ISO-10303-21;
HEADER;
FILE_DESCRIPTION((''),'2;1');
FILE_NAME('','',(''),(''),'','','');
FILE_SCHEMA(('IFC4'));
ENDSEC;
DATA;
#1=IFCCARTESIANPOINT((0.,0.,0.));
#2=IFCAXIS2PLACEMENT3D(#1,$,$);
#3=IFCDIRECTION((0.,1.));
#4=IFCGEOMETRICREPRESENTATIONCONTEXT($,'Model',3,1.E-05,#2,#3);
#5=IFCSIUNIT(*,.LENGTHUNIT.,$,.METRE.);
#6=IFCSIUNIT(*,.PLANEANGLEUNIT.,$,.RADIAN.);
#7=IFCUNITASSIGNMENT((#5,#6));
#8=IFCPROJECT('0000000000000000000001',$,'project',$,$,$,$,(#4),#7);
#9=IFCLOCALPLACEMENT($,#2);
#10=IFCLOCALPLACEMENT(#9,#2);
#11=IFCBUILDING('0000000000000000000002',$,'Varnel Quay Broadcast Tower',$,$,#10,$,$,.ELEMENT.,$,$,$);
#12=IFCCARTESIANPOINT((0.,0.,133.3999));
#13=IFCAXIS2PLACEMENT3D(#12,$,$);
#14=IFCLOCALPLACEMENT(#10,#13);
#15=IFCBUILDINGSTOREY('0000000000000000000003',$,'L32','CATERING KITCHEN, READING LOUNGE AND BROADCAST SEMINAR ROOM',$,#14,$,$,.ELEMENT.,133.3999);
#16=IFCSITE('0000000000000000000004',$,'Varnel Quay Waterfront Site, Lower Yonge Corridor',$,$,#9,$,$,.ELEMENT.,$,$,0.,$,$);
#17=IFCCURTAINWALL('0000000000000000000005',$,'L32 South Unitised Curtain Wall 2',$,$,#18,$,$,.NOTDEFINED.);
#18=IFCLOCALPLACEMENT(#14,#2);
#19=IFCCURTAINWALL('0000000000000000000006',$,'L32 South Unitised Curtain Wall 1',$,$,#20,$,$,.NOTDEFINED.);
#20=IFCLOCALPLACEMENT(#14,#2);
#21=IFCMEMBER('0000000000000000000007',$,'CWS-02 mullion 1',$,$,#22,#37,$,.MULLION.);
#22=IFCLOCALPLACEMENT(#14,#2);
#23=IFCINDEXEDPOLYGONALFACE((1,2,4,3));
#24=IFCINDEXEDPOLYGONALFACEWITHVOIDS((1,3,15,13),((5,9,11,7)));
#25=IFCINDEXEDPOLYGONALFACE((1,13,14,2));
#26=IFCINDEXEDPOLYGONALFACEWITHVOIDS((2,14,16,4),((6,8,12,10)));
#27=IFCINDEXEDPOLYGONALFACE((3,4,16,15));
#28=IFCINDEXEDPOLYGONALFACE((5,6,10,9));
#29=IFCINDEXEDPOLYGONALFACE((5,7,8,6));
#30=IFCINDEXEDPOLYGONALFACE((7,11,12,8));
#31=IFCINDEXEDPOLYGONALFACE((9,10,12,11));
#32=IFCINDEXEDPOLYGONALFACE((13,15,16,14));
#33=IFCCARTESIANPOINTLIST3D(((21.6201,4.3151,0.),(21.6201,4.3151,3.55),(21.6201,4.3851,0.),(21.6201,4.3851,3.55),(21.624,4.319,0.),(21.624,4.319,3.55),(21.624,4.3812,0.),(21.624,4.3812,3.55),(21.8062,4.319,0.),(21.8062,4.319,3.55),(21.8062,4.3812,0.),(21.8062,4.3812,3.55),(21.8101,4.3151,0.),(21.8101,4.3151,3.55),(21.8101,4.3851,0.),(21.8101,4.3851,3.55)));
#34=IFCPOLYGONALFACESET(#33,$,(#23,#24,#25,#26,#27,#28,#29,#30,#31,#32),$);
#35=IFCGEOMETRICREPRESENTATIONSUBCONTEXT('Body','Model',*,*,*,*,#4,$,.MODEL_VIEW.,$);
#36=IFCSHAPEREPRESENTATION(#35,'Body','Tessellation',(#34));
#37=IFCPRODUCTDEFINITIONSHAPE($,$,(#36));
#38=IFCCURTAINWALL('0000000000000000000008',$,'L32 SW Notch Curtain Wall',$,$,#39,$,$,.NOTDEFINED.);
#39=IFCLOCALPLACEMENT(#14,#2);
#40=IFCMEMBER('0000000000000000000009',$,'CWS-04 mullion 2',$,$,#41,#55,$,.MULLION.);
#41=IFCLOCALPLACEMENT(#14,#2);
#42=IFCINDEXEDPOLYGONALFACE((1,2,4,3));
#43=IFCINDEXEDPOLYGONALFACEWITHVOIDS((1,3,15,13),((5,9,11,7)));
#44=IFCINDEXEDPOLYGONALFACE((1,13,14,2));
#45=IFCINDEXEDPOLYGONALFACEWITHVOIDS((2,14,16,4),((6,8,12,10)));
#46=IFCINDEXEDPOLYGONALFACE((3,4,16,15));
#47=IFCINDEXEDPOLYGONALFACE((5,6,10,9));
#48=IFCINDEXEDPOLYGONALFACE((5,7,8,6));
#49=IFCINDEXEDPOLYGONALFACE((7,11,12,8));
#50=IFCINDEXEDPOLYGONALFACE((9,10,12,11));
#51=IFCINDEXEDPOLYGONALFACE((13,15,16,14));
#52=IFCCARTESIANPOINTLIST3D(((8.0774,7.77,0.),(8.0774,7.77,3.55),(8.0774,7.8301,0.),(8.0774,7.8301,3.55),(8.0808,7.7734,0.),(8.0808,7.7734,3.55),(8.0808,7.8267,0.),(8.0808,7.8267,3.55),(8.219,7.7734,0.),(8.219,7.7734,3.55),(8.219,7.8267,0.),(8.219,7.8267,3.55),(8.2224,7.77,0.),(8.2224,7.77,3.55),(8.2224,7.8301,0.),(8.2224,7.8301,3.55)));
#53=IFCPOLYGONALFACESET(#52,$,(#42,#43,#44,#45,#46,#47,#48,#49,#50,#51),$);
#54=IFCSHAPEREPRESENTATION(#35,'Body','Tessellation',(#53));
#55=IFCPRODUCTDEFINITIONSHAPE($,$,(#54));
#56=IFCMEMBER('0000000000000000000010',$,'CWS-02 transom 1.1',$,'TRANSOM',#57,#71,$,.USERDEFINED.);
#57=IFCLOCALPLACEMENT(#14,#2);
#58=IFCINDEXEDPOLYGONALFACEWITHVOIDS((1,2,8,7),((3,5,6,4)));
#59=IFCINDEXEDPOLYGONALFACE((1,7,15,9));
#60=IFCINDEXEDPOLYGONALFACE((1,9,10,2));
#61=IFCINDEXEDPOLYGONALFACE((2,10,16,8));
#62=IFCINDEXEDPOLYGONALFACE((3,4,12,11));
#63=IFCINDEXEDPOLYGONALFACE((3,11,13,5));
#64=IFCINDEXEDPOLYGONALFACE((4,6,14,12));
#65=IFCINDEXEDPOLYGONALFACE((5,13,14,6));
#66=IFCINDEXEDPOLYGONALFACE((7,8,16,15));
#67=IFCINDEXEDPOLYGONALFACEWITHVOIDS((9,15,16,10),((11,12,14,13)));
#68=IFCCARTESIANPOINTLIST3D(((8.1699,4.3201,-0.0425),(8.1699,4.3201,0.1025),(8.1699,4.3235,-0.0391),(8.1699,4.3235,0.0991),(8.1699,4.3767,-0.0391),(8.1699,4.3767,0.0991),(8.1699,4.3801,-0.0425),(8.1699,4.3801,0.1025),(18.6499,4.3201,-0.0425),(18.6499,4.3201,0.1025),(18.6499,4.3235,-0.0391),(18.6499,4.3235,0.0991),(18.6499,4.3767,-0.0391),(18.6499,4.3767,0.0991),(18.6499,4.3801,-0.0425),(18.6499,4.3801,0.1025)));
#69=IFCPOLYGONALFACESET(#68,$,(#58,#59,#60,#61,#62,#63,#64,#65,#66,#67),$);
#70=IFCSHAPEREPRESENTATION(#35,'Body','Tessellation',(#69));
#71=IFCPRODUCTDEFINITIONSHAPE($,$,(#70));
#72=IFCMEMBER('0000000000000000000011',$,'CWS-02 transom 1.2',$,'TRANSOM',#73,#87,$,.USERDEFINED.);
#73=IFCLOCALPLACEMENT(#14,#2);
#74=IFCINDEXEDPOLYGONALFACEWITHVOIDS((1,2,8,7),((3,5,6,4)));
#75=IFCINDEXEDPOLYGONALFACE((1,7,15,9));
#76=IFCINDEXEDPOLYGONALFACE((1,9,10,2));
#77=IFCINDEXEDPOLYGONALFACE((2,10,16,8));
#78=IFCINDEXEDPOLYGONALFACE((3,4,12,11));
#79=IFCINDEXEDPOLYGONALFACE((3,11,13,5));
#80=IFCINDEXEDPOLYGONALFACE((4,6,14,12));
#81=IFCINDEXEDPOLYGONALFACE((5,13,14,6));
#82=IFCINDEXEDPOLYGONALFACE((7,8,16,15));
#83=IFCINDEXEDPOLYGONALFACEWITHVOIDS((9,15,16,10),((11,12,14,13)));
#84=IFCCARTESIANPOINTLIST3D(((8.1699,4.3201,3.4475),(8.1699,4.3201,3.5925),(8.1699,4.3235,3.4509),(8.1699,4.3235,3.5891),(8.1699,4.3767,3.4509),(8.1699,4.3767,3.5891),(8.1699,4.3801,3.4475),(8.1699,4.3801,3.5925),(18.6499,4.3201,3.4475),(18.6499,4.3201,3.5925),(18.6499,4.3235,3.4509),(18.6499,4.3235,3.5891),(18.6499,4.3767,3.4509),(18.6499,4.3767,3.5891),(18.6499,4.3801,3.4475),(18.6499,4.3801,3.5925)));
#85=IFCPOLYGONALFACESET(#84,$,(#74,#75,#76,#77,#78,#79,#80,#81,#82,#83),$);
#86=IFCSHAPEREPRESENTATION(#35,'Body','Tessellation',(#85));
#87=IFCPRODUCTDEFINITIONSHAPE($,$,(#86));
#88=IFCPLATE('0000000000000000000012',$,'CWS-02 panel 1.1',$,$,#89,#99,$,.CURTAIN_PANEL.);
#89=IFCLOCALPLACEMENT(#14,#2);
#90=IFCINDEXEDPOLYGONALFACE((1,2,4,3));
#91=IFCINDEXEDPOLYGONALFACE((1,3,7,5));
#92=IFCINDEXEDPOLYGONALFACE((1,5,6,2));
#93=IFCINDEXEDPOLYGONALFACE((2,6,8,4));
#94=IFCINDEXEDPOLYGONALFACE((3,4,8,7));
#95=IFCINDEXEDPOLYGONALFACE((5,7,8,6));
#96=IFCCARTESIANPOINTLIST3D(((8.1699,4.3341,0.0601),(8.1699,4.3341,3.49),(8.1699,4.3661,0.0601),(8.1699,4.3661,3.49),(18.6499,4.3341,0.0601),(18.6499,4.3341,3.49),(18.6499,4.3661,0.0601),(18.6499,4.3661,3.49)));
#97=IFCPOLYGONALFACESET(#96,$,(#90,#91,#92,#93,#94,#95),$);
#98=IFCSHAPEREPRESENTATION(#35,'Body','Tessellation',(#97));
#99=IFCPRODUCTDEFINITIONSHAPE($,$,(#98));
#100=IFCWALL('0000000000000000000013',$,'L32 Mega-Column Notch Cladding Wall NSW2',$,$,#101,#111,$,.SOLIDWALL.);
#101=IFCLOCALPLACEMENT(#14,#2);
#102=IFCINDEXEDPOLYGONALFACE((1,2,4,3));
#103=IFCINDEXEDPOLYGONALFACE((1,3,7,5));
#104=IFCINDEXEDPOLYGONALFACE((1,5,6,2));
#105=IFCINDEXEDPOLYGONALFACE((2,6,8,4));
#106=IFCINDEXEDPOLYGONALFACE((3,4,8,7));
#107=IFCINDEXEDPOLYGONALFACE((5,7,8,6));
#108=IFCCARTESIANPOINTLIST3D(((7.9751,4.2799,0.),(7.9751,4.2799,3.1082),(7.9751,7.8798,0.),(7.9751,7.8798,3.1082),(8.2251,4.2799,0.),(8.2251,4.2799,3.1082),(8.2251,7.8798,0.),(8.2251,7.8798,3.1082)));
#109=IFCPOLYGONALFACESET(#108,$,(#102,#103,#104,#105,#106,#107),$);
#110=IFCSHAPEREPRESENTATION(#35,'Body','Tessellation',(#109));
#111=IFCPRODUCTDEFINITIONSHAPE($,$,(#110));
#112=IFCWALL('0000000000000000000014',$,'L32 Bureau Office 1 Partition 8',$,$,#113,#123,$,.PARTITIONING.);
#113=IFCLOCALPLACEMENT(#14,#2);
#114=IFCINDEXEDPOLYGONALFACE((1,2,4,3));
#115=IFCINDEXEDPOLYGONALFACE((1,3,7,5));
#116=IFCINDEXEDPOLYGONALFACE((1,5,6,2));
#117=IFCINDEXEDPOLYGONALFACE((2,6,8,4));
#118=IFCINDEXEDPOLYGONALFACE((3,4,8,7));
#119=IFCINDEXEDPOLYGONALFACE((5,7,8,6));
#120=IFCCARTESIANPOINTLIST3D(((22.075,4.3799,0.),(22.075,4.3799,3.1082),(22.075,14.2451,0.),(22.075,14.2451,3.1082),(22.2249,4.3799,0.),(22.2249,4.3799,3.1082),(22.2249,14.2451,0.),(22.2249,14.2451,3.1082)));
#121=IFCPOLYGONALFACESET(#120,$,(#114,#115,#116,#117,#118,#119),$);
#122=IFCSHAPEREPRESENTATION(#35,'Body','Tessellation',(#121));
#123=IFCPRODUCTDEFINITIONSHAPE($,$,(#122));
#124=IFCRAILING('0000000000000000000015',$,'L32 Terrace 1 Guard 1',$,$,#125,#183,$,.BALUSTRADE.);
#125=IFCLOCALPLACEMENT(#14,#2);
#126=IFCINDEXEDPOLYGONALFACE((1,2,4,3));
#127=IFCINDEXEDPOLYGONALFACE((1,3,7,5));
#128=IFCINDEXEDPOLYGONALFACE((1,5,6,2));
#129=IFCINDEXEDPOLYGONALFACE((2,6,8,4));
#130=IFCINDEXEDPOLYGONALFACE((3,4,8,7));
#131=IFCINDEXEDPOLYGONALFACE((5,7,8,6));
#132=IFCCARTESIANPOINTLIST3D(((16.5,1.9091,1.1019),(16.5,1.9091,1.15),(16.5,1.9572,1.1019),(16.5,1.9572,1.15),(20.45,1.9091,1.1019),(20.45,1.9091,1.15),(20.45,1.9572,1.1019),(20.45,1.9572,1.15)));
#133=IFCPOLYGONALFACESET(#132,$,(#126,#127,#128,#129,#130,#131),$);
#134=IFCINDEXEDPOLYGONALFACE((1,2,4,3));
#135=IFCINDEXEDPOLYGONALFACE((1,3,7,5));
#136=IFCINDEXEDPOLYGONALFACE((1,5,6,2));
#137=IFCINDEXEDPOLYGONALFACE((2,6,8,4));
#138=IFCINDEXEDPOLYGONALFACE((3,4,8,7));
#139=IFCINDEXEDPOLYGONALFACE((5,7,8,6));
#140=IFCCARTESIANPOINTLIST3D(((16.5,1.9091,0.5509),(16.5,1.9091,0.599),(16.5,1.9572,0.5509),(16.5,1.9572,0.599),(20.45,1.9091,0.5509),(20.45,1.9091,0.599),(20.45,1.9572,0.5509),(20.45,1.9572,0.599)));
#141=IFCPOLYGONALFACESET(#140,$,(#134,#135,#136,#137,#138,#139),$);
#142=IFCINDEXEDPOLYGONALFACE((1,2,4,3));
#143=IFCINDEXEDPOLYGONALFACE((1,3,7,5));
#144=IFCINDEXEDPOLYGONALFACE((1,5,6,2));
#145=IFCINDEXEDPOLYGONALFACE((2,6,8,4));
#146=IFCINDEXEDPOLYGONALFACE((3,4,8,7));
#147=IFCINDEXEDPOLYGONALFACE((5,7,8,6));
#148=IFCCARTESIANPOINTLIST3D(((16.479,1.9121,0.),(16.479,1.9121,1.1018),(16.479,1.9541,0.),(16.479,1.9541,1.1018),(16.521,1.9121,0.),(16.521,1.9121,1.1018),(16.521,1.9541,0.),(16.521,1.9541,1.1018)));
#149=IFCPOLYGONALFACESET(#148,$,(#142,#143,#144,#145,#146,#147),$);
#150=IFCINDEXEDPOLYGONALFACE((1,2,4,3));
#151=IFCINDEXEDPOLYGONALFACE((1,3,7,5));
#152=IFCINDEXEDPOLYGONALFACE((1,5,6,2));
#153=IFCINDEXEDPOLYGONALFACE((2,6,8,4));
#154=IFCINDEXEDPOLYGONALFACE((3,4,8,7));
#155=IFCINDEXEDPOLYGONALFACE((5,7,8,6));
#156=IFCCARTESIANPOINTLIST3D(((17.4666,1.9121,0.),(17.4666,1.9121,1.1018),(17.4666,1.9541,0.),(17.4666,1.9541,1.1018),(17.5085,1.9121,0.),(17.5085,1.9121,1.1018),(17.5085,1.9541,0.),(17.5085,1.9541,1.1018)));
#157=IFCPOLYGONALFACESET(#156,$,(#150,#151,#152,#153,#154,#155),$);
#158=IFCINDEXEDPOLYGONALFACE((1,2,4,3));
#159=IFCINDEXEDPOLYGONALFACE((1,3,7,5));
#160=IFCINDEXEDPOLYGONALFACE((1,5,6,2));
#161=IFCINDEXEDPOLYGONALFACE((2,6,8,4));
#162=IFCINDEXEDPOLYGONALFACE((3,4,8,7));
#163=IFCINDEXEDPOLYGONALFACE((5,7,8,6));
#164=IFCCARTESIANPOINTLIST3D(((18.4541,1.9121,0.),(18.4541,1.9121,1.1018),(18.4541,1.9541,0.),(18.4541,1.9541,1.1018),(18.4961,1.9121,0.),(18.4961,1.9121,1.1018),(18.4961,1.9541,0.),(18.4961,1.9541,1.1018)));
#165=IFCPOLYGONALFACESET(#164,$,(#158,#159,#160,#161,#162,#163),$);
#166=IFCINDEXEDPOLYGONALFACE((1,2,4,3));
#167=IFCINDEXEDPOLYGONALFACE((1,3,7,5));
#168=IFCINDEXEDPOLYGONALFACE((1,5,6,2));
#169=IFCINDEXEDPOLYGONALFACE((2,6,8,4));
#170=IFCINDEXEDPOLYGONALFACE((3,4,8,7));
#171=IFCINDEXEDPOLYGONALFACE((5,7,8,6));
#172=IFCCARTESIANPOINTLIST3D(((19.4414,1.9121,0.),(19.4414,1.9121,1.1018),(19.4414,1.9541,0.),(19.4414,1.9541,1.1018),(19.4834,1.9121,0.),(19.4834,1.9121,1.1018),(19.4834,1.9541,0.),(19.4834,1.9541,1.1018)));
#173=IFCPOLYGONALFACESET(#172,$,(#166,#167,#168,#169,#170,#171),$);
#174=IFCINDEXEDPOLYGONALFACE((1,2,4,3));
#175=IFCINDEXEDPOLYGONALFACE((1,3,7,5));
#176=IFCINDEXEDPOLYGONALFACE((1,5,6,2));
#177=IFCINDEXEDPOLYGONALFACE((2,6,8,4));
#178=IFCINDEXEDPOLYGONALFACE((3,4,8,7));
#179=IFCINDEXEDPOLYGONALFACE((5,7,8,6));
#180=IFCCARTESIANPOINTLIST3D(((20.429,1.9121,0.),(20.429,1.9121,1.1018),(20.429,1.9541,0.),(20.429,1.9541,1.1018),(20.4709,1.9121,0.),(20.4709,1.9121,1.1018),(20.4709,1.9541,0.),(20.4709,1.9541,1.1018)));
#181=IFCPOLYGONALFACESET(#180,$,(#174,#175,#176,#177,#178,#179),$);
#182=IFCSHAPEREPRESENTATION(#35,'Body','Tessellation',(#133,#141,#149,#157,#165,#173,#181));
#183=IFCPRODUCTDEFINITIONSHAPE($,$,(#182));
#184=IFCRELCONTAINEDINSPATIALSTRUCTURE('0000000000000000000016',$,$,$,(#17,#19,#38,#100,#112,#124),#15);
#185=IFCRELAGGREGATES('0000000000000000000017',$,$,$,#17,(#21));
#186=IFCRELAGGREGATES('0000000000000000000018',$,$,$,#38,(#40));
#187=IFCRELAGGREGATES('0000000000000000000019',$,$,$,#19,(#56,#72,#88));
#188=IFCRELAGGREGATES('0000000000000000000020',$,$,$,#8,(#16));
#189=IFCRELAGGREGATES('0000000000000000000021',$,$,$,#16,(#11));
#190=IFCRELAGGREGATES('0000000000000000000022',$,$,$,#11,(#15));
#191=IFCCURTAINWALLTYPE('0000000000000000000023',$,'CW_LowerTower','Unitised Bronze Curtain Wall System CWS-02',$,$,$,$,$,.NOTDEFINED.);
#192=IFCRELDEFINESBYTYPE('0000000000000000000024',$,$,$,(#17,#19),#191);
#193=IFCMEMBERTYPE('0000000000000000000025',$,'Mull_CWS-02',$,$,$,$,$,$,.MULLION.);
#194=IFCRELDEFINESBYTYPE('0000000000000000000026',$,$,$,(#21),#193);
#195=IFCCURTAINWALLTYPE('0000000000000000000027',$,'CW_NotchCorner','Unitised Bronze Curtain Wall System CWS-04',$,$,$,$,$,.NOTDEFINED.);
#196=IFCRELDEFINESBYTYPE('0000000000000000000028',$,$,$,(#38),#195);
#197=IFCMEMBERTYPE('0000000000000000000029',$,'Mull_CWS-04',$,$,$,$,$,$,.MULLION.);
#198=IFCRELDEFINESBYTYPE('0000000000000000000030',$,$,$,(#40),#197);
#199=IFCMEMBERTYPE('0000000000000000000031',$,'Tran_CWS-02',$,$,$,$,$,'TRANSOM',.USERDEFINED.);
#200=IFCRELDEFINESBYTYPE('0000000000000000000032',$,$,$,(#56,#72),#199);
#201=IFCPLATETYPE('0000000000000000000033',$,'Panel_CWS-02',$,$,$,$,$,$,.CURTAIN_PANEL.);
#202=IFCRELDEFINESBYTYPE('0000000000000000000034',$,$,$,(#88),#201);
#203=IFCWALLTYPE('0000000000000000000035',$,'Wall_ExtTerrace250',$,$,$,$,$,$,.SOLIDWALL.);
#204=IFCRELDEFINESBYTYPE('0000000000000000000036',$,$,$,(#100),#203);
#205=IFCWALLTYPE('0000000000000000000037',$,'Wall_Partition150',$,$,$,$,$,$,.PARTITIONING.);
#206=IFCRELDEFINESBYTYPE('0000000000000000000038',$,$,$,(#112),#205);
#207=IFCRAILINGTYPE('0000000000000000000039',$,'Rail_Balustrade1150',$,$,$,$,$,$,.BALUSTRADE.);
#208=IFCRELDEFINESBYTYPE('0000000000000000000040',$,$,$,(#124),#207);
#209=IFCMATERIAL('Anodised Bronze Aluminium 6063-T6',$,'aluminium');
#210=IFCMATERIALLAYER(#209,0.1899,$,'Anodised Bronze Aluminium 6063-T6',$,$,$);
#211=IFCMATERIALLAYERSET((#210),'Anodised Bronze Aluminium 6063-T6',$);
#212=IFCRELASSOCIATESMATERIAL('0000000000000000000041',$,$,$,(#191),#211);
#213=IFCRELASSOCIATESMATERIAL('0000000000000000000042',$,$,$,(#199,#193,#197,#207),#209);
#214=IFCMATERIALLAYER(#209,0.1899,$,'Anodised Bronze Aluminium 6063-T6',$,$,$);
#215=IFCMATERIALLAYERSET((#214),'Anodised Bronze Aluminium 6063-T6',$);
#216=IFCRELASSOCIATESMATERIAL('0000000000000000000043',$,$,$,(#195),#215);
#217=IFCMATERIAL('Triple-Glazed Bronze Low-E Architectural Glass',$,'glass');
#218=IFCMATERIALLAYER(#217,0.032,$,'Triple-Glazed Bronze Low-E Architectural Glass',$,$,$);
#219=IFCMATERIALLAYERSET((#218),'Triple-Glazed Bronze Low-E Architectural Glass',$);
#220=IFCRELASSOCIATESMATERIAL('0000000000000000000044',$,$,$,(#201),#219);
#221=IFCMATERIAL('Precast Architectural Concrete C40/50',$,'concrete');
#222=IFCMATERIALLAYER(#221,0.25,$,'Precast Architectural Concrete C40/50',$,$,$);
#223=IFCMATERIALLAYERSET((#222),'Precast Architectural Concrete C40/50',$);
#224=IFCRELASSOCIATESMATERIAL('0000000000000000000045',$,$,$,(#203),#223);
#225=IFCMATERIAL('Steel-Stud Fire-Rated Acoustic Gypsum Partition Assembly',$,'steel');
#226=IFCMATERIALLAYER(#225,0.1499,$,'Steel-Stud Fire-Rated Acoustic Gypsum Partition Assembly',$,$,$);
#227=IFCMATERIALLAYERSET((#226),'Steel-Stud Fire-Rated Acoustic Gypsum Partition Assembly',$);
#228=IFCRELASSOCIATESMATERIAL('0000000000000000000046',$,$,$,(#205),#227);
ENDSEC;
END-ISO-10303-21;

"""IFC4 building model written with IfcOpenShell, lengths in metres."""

from ifc_helpers import new_model, si_unit, direction, frame, frame_2d, origin, origin_2d, place, context, subcontext, project, spatial, rectangle, hollow_rectangle, extrude, source, transform, mapped, material, layer, layer_set, material_profile, profile_set, type_object, type_shapes, element, aggregate, save


model = new_model("IFC4")

# Units and contexts
model_context = context("Model", 3, precision=1e-05, world=origin(), true_north=direction((0.0, 1.0)))
body_context = subcontext(model_context, "Body", "Model", "MODEL_VIEW")
ifc_project = project(units=[si_unit("LENGTHUNIT", "METRE"), si_unit("PLANEANGLEUNIT", "RADIAN")], contexts=[model_context])

# Site, building, storey
site_placement = place(None, origin())
site = spatial("IfcSite", under=ifc_project, at=site_placement, Name="Varnel Quay Waterfront Site, Lower Yonge Corridor", CompositionType="ELEMENT", RefElevation=0.0)
building_placement = place(site_placement, origin())
building = spatial("IfcBuilding", under=site, at=building_placement, Name="Varnel Quay Broadcast Tower", CompositionType="ELEMENT")
storey_placement = place(building_placement, frame((0.0, 0.0, 133.3999)))
storey = spatial("IfcBuildingStorey", under=building, at=storey_placement, Name="L32", Description="CATERING KITCHEN, READING LOUNGE AND BROADCAST SEMINAR ROOM", CompositionType="ELEMENT", Elevation=133.3999)

# Curtain walls
ifc_material_1 = material(Name="Anodised Bronze Aluminium 6063-T6", Category="aluminium")
ifc_layer_1 = layer(ifc_material_1, 0.1899, Name="Anodised Bronze Aluminium 6063-T6")
ifc_layer_set_1 = layer_set([ifc_layer_1], Name="Anodised Bronze Aluminium 6063-T6")
curtain_wall_type_1 = type_object("IfcCurtainWallType", Name="CW_LowerTower", Description="Unitised Bronze Curtain Wall System CWS-02", PredefinedType="NOTDEFINED", material=ifc_layer_set_1)
curtain_wall_1_placement = place(storey_placement, origin())
curtain_wall_1 = element("IfcCurtainWall", 1, at=curtain_wall_1_placement, inside=storey, type_object=curtain_wall_type_1, Name="L32 South Unitised Curtain Wall 2", PredefinedType="NOTDEFINED")
ifc_material_profile_1 = material_profile(ifc_material_1, hollow_rectangle(XDim=0.0601, YDim=0.145, WallThickness=0.0034, at=origin_2d()), Name="ALU60X145X3.5")
ifc_profile_set_1 = profile_set([ifc_material_profile_1], Name="Anodised Bronze Aluminium 6063-T6")
member_type_1 = type_object("IfcMemberType", Name="Tran_CWS-02", ElementType="TRANSOM", PredefinedType="USERDEFINED", material=ifc_profile_set_1)
curtain_wall_2_placement = place(storey_placement, origin())
curtain_wall_2 = element("IfcCurtainWall", 2, at=curtain_wall_2_placement, inside=storey, type_object=curtain_wall_type_1, Name="L32 South Unitised Curtain Wall 1", PredefinedType="NOTDEFINED")
ifc_material_profile_2 = material_profile(ifc_material_1, hollow_rectangle(XDim=0.0701, YDim=0.1899, WallThickness=0.0039, at=origin_2d()), Name="ALU70X190X4")
ifc_profile_set_2 = profile_set([ifc_material_profile_2], Name="Anodised Bronze Aluminium 6063-T6")
member_type_2 = type_object("IfcMemberType", Name="Mull_CWS-02", PredefinedType="MULLION", material=ifc_profile_set_2)
shared_shape_1 = source(origin(), body_context, "Body", "SweptSolid", [
    extrude(hollow_rectangle(XDim=0.0701, YDim=0.1899, WallThickness=0.0039, at=origin_2d()), origin(), (0.0, 0.0, 1.0), 3.55),
])
type_shapes(member_type_2, [shared_shape_1])

# Member
member_1_placement = place(storey_placement, frame((21.7151, 4.3501, 0.0), z_axis=(0.0, 0.0, 1.0), x_axis=(0.0, 1.0, 0.0)))
member_1 = element("IfcMember", 3, at=member_1_placement, type_object=member_type_2, Name="CWS-02 mullion 1", PredefinedType="MULLION", context=body_context, shape_type="MappedRepresentation", body=[
    mapped(shared_shape_1, transform((0.0, 0.0, 0.0), x_axis=(1.0, 0.0, 0.0), y_axis=(0.0, 1.0, 0.0), z_axis=(0.0, 0.0, 1.0), scale=1.0)),
])
aggregate(curtain_wall_1, [member_1])

# Curtain wall, member
ifc_layer_2 = layer(ifc_material_1, 0.1899, Name="Anodised Bronze Aluminium 6063-T6")
ifc_layer_set_2 = layer_set([ifc_layer_2], Name="Anodised Bronze Aluminium 6063-T6")
curtain_wall_type_2 = type_object("IfcCurtainWallType", Name="CW_NotchCorner", Description="Unitised Bronze Curtain Wall System CWS-04", PredefinedType="NOTDEFINED", material=ifc_layer_set_2)
curtain_wall_3_placement = place(storey_placement, origin())
curtain_wall_3 = element("IfcCurtainWall", 4, at=curtain_wall_3_placement, inside=storey, type_object=curtain_wall_type_2, Name="L32 SW Notch Curtain Wall", PredefinedType="NOTDEFINED")
ifc_material_profile_3 = material_profile(ifc_material_1, hollow_rectangle(XDim=0.0601, YDim=0.145, WallThickness=0.0034, at=origin_2d()), Name="ALU60X145X3.5")
ifc_profile_set_3 = profile_set([ifc_material_profile_3], Name="Anodised Bronze Aluminium 6063-T6")
member_type_3 = type_object("IfcMemberType", Name="Mull_CWS-04", PredefinedType="MULLION", material=ifc_profile_set_3)
shared_shape_2 = source(origin(), body_context, "Body", "SweptSolid", [
    extrude(hollow_rectangle(XDim=0.0601, YDim=0.145, WallThickness=0.0034, at=origin_2d()), origin(), (0.0, 0.0, 1.0), 3.55),
])
type_shapes(member_type_3, [shared_shape_2])
member_2_placement = place(storey_placement, frame((8.1499, 7.8, 0.0), z_axis=(0.0, 0.0, 1.0), x_axis=(0.0, 1.0, 0.0)))
member_2 = element("IfcMember", 5, at=member_2_placement, type_object=member_type_3, Name="CWS-04 mullion 2", PredefinedType="MULLION", context=body_context, shape_type="MappedRepresentation", body=[
    mapped(shared_shape_2, transform((0.0, 0.0, 0.0), x_axis=(1.0, 0.0, 0.0), y_axis=(0.0, 1.0, 0.0), z_axis=(0.0, 0.0, 1.0), scale=1.0)),
])
aggregate(curtain_wall_3, [member_2])

# Members
shared_shape_3 = source(origin(), body_context, "Body", "SweptSolid", [
    extrude(hollow_rectangle(XDim=0.0601, YDim=0.145, WallThickness=0.0034, at=origin_2d()), origin(), (0.0, 0.0, 1.0), 10.48),
])
member_3_placement = place(storey_placement, frame((8.1699, 4.3501, 0.03), z_axis=(1.0, 0.0, 0.0), x_axis=(0.0, 1.0, 0.0)))
member_3 = element("IfcMember", 6, at=member_3_placement, type_object=member_type_1, Name="CWS-02 transom 1.1", ObjectType="TRANSOM", PredefinedType="USERDEFINED", context=body_context, shape_type="MappedRepresentation", body=[
    mapped(shared_shape_3, transform((0.0, 0.0, 0.0), x_axis=(1.0, 0.0, 0.0), y_axis=(0.0, 1.0, 0.0), z_axis=(0.0, 0.0, 1.0), scale=1.0)),
])
member_4_placement = place(storey_placement, frame((8.1699, 4.3501, 3.52), z_axis=(1.0, 0.0, 0.0), x_axis=(0.0, 1.0, 0.0)))
member_4 = element("IfcMember", 7, at=member_4_placement, type_object=member_type_1, Name="CWS-02 transom 1.2", ObjectType="TRANSOM", PredefinedType="USERDEFINED", context=body_context, shape_type="MappedRepresentation", body=[
    mapped(shared_shape_3, transform((0.0, 0.0, 0.0), x_axis=(1.0, 0.0, 0.0), y_axis=(0.0, 1.0, 0.0), z_axis=(0.0, 0.0, 1.0), scale=1.0)),
])

# Plate
ifc_material_2 = material(Name="Triple-Glazed Bronze Low-E Architectural Glass", Category="glass")
ifc_layer_3 = layer(ifc_material_2, 0.032, Name="Triple-Glazed Bronze Low-E Architectural Glass")
ifc_layer_set_3 = layer_set([ifc_layer_3], Name="Triple-Glazed Bronze Low-E Architectural Glass")
plate_type = type_object("IfcPlateType", Name="Panel_CWS-02", PredefinedType="CURTAIN_PANEL", material=ifc_layer_set_3)
shared_shape_4 = source(origin(), body_context, "Body", "SweptSolid", [
    extrude(rectangle(XDim=10.48, YDim=0.032, at=origin_2d()), origin(), (0.0, 0.0, 1.0), 3.4299),
])
type_shapes(plate_type, [shared_shape_4])
plate_placement = place(storey_placement, frame((13.4099, 4.3501, 0.0601), z_axis=(0.0, 0.0, 1.0), x_axis=(1.0, 0.0, 0.0)))
plate = element("IfcPlate", 8, at=plate_placement, type_object=plate_type, Name="CWS-02 panel 1.1", PredefinedType="CURTAIN_PANEL", context=body_context, shape_type="MappedRepresentation", body=[
    mapped(shared_shape_4, transform((0.0, 0.0, 0.0), x_axis=(1.0, 0.0, 0.0), y_axis=(0.0, 1.0, 0.0), z_axis=(0.0, 0.0, 1.0), scale=1.0)),
])
aggregate(curtain_wall_2, [member_3, member_4, plate])

# Shared definitions
ifc_material_3 = material(Name="Precast Architectural Concrete C40/50", Category="concrete")
ifc_layer_4 = layer(ifc_material_3, 0.25, Name="Precast Architectural Concrete C40/50")
ifc_layer_set_4 = layer_set([ifc_layer_4], Name="Precast Architectural Concrete C40/50")
wall_type_1 = type_object("IfcWallType", Name="Wall_ExtTerrace250", PredefinedType="SOLIDWALL", material=ifc_layer_set_4)

# Walls
wall_1_placement = place(storey_placement, frame((8.1001, 4.28, 0.0), z_axis=(0.0, 0.0, 1.0), x_axis=(0.0, 1.0, 0.0)))
element("IfcWall", 9, at=wall_1_placement, inside=storey, type_object=wall_type_1, Name="L32 Mega-Column Notch Cladding Wall NSW2", PredefinedType="SOLIDWALL", context=body_context, shape_type="SweptSolid", body=[
    extrude(rectangle(XDim=3.5999, YDim=0.25, at=frame_2d((1.7998, 0.0))), origin(), (0.0, 0.0, 1.0), 3.1082),
])
ifc_material_4 = material(Name="Steel-Stud Fire-Rated Acoustic Gypsum Partition Assembly", Category="steel")
ifc_layer_5 = layer(ifc_material_4, 0.1499, Name="Steel-Stud Fire-Rated Acoustic Gypsum Partition Assembly")
ifc_layer_set_5 = layer_set([ifc_layer_5], Name="Steel-Stud Fire-Rated Acoustic Gypsum Partition Assembly")
wall_type_2 = type_object("IfcWallType", Name="Wall_Partition150", PredefinedType="PARTITIONING", material=ifc_layer_set_5)
wall_2_placement = place(storey_placement, frame((22.1499, 4.3799, 0.0), z_axis=(0.0, 0.0, 1.0), x_axis=(0.0, 1.0, 0.0)))
element("IfcWall", 10, at=wall_2_placement, inside=storey, type_object=wall_type_2, Name="L32 Bureau Office 1 Partition 8", PredefinedType="PARTITIONING", context=body_context, shape_type="SweptSolid", body=[
    extrude(rectangle(XDim=9.8652, YDim=0.1499, at=frame_2d((4.9326, 0.0))), origin(), (0.0, 0.0, 1.0), 3.1082),
])

# Railing
railing_type = type_object("IfcRailingType", Name="Rail_Balustrade1150", PredefinedType="BALUSTRADE", material=ifc_material_1)
railing_1_placement = place(storey_placement, frame((16.5, 1.9331, 0.0)))
element("IfcRailing", 11, at=railing_1_placement, inside=storey, type_object=railing_type, Name="L32 Terrace 1 Guard 1", PredefinedType="BALUSTRADE", context=body_context, shape_type="SweptSolid", body=[
    extrude(rectangle(XDim=0.0481, YDim=0.0481, at=origin_2d()), frame((0.0, 0.0, 1.126), z_axis=(1.0, 0.0, 0.0), x_axis=(0.0, 1.0, 0.0)), (0.0, 0.0, 1.0), 3.95),
    extrude(rectangle(XDim=0.0481, YDim=0.0481, at=origin_2d()), frame((0.0, 0.0, 0.575), z_axis=(1.0, 0.0, 0.0), x_axis=(0.0, 1.0, 0.0)), (0.0, 0.0, 1.0), 3.95),
    extrude(rectangle(XDim=0.042, YDim=0.042, at=origin_2d()), origin(), (0.0, 0.0, 1.0), 1.1018),
    extrude(rectangle(XDim=0.042, YDim=0.042, at=origin_2d()), frame((0.9875, 0.0, 0.0)), (0.0, 0.0, 1.0), 1.1018),
    extrude(rectangle(XDim=0.042, YDim=0.042, at=origin_2d()), frame((1.9751, 0.0, 0.0)), (0.0, 0.0, 1.0), 1.1018),
    extrude(rectangle(XDim=0.042, YDim=0.042, at=origin_2d()), frame((2.9624, 0.0, 0.0)), (0.0, 0.0, 1.0), 1.1018),
    extrude(rectangle(XDim=0.042, YDim=0.042, at=origin_2d()), frame((3.95, 0.0, 0.0)), (0.0, 0.0, 1.0), 1.1018),
])

save(model, "model.ifc")
